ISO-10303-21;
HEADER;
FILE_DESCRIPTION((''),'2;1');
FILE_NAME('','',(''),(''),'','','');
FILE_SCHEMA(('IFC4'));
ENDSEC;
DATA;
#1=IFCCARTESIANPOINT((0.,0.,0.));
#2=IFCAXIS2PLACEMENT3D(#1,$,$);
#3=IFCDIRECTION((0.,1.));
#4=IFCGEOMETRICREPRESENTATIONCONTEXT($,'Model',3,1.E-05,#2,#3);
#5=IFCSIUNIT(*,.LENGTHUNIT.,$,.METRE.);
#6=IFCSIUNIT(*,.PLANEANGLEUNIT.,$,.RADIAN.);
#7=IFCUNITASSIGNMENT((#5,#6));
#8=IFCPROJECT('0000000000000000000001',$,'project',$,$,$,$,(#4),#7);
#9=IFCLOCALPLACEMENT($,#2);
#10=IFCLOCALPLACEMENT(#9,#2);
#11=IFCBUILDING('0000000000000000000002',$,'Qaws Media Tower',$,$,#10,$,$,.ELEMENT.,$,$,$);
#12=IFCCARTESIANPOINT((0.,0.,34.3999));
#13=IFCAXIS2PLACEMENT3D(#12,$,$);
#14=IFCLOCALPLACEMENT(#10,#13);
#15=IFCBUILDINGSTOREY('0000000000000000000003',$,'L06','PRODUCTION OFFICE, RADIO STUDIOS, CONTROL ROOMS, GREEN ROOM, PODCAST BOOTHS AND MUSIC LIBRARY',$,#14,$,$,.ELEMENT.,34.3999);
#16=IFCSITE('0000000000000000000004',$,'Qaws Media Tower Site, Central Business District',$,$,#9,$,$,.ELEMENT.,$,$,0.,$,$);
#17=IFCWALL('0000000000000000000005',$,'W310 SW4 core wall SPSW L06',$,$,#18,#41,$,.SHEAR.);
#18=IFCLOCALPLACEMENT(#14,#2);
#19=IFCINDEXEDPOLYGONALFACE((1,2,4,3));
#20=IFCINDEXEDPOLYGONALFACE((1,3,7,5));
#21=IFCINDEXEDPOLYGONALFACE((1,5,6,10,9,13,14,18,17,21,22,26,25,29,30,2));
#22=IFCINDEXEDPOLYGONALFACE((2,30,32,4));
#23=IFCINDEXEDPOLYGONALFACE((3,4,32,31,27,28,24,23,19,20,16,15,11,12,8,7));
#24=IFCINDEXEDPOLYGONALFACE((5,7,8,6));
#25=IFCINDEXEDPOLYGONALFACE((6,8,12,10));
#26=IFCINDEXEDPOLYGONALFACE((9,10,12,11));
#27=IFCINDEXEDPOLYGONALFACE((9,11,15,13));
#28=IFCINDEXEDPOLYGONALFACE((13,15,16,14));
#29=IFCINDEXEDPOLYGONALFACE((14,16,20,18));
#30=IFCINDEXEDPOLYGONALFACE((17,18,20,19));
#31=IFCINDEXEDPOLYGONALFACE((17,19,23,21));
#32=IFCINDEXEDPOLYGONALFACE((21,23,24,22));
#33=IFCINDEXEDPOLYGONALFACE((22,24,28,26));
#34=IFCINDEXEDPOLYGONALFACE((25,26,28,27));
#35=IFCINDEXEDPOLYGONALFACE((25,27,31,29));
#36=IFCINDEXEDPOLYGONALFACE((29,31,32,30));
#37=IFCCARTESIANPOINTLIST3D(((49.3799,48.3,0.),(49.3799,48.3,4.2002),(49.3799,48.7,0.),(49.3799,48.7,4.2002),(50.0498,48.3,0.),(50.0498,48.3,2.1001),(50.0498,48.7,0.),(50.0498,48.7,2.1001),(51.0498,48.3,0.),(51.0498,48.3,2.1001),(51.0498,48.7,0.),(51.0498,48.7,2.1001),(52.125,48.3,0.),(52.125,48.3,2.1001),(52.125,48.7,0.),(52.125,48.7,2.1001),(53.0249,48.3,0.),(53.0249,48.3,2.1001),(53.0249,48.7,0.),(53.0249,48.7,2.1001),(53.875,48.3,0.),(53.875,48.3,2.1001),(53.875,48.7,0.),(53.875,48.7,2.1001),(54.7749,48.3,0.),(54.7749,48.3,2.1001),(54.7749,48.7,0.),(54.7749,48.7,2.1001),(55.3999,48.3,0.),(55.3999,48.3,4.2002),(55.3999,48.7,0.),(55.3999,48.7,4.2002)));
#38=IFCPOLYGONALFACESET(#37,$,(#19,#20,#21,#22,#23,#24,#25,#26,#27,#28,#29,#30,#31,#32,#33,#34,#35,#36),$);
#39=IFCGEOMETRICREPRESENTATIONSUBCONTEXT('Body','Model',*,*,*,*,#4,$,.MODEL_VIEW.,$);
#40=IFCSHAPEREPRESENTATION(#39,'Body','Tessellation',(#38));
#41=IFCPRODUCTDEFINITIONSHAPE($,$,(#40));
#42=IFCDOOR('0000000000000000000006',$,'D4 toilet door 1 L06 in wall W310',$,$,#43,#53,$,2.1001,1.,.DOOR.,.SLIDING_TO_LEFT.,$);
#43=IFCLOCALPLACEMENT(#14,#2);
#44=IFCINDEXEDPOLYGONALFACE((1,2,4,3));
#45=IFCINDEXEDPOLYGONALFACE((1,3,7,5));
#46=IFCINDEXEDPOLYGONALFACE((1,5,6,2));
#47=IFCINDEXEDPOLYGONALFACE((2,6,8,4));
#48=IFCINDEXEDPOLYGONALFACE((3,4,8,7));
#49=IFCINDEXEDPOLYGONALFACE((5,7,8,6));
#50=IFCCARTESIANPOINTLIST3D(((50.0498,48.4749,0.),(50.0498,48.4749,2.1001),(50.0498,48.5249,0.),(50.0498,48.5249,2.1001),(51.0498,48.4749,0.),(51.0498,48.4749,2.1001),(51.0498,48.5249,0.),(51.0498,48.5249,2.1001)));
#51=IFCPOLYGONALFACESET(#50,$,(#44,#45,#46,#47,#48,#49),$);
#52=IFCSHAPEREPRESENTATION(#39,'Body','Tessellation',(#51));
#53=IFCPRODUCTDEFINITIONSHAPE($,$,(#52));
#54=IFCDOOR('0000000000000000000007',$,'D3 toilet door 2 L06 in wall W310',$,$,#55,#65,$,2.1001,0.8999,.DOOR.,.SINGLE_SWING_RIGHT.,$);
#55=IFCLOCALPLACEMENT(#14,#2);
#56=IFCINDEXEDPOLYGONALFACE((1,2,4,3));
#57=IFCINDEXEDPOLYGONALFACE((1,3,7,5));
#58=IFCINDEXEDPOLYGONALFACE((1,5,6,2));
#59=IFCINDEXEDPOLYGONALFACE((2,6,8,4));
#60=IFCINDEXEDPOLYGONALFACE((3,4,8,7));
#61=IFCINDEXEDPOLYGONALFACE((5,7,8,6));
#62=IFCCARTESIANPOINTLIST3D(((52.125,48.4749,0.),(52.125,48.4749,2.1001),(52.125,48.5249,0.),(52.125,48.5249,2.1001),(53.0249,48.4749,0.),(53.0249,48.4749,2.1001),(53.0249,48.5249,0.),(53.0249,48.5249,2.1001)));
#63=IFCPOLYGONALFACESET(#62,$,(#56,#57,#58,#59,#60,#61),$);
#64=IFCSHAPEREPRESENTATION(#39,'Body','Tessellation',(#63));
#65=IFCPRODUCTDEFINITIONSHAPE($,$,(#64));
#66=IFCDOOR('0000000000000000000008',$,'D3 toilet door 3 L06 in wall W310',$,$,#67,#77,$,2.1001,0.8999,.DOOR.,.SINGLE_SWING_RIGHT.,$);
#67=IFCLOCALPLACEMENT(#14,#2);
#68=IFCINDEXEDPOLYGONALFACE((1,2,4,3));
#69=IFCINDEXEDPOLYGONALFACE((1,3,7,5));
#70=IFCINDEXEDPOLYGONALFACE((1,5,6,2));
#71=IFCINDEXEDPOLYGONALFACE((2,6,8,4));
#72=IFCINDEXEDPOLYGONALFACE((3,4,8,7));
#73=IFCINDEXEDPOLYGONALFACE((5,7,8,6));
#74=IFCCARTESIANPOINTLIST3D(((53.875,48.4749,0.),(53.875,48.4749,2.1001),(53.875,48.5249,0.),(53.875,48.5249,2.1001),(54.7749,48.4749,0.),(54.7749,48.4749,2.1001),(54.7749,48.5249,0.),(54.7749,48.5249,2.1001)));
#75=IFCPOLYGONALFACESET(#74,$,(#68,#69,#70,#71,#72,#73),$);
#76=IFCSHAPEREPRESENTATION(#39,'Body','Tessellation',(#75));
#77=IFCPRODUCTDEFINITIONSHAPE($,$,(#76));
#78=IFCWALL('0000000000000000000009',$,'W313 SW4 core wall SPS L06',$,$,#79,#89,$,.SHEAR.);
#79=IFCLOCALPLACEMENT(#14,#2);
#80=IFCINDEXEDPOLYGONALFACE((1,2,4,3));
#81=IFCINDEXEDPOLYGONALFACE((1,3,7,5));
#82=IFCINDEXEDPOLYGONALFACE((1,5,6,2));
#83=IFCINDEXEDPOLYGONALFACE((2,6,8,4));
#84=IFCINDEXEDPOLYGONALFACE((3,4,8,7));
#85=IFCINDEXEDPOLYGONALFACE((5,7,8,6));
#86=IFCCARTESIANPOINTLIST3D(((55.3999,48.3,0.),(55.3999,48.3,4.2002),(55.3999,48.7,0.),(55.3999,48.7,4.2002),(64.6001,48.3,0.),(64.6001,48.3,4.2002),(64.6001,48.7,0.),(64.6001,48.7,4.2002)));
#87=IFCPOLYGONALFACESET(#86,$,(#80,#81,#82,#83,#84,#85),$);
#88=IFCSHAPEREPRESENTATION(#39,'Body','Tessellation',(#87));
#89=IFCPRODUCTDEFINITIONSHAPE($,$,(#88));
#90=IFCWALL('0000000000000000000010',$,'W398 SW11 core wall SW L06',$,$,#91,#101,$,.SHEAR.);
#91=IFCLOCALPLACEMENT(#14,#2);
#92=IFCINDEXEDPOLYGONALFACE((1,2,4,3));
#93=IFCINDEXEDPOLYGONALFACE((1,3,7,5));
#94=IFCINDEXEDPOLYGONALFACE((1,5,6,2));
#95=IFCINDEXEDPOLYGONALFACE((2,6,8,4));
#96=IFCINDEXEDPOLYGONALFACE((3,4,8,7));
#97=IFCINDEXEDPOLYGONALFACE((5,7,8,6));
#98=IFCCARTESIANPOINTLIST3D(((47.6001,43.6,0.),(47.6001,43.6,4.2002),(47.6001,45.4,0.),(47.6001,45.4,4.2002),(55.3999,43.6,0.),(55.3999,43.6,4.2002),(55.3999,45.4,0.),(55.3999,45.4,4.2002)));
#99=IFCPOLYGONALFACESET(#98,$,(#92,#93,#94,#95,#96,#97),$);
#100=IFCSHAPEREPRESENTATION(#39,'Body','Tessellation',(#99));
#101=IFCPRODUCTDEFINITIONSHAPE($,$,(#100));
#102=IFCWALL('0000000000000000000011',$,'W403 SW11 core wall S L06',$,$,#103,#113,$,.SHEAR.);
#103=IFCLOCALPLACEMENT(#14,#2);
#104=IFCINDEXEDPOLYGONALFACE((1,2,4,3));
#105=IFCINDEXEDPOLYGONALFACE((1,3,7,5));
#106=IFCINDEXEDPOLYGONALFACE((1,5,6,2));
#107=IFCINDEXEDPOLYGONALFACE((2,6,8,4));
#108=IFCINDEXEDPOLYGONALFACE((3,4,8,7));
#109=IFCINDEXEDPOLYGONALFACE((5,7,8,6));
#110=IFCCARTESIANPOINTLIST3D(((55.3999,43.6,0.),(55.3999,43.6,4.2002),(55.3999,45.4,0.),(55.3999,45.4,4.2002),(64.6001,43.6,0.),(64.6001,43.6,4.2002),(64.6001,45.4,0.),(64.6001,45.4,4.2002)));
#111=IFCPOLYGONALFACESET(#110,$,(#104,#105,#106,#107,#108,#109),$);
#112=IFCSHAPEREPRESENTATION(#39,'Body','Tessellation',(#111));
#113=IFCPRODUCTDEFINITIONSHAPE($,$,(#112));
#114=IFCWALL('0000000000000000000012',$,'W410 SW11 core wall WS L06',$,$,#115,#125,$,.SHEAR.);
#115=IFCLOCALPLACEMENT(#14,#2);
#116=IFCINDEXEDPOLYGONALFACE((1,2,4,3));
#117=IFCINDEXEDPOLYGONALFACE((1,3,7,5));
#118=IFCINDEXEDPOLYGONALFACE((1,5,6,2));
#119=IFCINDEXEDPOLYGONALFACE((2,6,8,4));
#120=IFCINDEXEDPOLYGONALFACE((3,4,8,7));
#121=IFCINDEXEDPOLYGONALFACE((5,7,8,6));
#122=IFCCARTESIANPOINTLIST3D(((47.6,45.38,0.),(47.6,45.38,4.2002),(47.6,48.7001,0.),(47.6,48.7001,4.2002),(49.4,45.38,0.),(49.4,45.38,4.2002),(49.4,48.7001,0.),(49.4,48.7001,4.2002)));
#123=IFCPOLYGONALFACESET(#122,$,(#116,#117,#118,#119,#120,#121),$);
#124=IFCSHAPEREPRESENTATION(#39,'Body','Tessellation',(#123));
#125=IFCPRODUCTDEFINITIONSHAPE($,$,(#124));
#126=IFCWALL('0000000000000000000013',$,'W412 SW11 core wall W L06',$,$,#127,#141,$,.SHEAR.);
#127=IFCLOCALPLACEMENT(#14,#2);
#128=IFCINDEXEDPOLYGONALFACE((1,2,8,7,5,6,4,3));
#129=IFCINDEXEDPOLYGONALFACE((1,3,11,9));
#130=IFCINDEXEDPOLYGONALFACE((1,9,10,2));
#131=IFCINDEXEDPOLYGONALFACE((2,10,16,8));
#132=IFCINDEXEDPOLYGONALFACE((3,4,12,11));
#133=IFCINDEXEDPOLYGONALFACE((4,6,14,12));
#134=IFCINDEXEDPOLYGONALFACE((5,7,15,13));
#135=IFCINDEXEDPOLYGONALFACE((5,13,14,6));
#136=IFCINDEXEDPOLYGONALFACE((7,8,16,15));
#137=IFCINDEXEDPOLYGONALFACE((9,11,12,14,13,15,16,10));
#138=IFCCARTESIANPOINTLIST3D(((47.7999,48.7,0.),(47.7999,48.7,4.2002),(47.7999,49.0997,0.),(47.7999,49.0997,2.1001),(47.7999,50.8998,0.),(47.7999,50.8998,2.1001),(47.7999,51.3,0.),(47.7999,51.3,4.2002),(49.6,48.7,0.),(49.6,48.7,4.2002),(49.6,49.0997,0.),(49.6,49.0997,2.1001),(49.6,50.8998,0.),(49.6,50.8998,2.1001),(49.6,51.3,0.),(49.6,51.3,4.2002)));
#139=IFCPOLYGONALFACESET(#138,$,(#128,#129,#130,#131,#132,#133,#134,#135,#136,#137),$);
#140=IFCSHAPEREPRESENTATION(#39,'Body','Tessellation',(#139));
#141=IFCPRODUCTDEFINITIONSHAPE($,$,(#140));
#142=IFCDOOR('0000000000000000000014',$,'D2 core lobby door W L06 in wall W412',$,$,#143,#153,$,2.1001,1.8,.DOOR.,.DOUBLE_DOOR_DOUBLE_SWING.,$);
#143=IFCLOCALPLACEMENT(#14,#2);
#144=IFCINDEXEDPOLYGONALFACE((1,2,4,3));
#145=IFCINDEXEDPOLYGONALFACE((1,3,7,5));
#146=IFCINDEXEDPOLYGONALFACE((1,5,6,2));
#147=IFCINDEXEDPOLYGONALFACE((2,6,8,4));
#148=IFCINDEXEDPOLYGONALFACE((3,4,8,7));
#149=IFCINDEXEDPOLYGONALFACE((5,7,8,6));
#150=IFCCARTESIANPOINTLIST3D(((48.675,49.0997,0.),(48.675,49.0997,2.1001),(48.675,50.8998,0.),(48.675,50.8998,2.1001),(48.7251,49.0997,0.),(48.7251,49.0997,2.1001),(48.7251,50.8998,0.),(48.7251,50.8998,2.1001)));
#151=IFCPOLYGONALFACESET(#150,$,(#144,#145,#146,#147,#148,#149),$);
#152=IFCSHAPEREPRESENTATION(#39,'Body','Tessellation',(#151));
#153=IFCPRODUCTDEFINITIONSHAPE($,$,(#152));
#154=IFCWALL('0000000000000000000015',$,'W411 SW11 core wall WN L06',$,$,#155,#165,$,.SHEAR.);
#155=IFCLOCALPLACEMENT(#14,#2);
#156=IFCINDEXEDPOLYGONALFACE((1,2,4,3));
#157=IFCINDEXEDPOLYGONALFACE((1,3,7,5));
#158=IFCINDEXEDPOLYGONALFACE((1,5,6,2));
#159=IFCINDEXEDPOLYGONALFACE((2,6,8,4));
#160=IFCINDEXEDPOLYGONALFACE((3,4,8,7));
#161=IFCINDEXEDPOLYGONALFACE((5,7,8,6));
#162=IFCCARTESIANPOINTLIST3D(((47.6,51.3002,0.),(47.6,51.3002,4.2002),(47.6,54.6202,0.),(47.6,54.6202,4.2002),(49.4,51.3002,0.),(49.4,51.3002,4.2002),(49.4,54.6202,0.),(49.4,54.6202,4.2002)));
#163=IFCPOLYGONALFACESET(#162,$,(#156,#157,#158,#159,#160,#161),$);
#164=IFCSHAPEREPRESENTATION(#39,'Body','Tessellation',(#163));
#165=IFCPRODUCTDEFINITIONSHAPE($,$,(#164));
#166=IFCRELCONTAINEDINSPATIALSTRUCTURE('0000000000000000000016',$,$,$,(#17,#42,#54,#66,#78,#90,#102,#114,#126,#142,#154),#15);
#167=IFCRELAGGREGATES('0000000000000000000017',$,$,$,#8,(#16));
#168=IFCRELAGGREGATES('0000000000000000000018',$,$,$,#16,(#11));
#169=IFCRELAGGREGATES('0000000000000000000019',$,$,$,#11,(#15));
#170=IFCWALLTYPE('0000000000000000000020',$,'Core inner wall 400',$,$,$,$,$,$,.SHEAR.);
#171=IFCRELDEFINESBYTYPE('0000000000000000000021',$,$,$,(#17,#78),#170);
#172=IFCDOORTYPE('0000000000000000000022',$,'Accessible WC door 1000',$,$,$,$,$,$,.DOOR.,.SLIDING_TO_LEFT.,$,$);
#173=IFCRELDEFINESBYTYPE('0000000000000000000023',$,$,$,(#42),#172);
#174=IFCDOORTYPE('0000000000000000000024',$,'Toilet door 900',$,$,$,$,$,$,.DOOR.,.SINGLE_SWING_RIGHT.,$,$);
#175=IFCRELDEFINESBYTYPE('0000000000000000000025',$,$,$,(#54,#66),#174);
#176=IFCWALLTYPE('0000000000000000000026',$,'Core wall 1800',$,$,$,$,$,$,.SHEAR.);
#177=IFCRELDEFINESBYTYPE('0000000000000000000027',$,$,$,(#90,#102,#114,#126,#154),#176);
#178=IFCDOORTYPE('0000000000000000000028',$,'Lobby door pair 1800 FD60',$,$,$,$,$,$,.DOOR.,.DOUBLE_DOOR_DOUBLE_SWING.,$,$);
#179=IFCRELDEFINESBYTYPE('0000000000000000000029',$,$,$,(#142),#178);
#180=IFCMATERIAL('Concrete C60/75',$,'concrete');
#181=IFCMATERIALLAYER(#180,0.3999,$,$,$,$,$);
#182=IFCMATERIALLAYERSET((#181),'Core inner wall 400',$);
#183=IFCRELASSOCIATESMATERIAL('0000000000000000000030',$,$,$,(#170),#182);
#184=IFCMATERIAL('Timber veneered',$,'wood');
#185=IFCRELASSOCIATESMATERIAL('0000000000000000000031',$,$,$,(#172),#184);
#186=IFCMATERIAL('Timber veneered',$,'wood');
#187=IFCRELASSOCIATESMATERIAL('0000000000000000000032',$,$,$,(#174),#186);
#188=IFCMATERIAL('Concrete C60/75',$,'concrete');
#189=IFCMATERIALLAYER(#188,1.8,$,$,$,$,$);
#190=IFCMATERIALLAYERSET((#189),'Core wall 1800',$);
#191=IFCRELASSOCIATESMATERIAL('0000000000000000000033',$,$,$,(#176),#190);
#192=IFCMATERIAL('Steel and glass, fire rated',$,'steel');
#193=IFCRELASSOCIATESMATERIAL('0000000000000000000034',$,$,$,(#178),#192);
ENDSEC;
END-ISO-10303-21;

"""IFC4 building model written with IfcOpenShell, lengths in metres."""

from ifc_helpers import new_model, si_unit, direction, frame, frame_2d, origin, place, context, subcontext, project, spatial, rectangle, extrude, material, layer, layer_set, type_object, element, fill, save


model = new_model("IFC4")

# Units and contexts
model_context = context("Model", 3, precision=1e-05, world=origin(), true_north=direction((0.0, 1.0)))
body_context = subcontext(model_context, "Body", "Model", "MODEL_VIEW")
ifc_project = project(units=[si_unit("LENGTHUNIT", "METRE"), si_unit("PLANEANGLEUNIT", "RADIAN")], contexts=[model_context])

# Site, building, storey
site_placement = place(None, origin())
site = spatial("IfcSite", under=ifc_project, at=site_placement, Name="Qaws Media Tower Site, Central Business District", CompositionType="ELEMENT", RefElevation=0.0)
building_placement = place(site_placement, origin())
building = spatial("IfcBuilding", under=site, at=building_placement, Name="Qaws Media Tower", CompositionType="ELEMENT")
storey_placement = place(building_placement, frame((0.0, 0.0, 34.3999)))
storey = spatial("IfcBuildingStorey", under=building, at=storey_placement, Name="L06", Description="PRODUCTION OFFICE, RADIO STUDIOS, CONTROL ROOMS, GREEN ROOM, PODCAST BOOTHS AND MUSIC LIBRARY", CompositionType="ELEMENT", Elevation=34.3999)

# Shared definitions
ifc_material_1 = material(Name="Concrete C60/75", Category="concrete")
ifc_layer_1 = layer(ifc_material_1, 0.3999)
ifc_layer_set_1 = layer_set([ifc_layer_1], Name="Core inner wall 400")
wall_type_1 = type_object("IfcWallType", Name="Core inner wall 400", PredefinedType="SHEAR", material=ifc_layer_set_1)

# Wall, openings, doors
wall_1_placement = place(storey_placement, frame((49.3799, 48.5, 0.0), z_axis=(0.0, 0.0, 1.0), x_axis=(1.0, 0.0, 0.0)))
wall_1 = element("IfcWall", 1, at=wall_1_placement, inside=storey, type_object=wall_type_1, Name="W310 SW4 core wall SPSW L06", PredefinedType="SHEAR", context=body_context, shape_type="SweptSolid", body=[
    extrude(rectangle(XDim=6.02, YDim=0.3999, at=frame_2d((3.01, 0.0))), origin(), (0.0, 0.0, 1.0), 4.2002),
])
opening_1_placement = place(wall_1_placement, frame((0.6699, 0.0, 0.0)))
opening_1 = element("IfcOpeningElement", 2, at=opening_1_placement, cuts=wall_1, PredefinedType="OPENING", context=body_context, shape_type="SweptSolid", body=[
    extrude(rectangle(XDim=1.0, YDim=2.1001, at=frame_2d((0.5, 1.05))), frame((0.0, 0.21, 0.0), z_axis=(0.0, -1.0, 0.0), x_axis=(1.0, 0.0, 0.0)), (0.0, 0.0, 1.0), 0.4199),
])
opening_2_placement = place(wall_1_placement, frame((2.7451, 0.0, 0.0)))
opening_2 = element("IfcOpeningElement", 3, at=opening_2_placement, cuts=wall_1, PredefinedType="OPENING", context=body_context, shape_type="SweptSolid", body=[
    extrude(rectangle(XDim=0.8999, YDim=2.1001, at=frame_2d((0.45, 1.05))), frame((0.0, 0.21, 0.0), z_axis=(0.0, -1.0, 0.0), x_axis=(1.0, 0.0, 0.0)), (0.0, 0.0, 1.0), 0.4199),
])
opening_3_placement = place(wall_1_placement, frame((4.4951, 0.0, 0.0)))
opening_3 = element("IfcOpeningElement", 4, at=opening_3_placement, cuts=wall_1, PredefinedType="OPENING", context=body_context, shape_type="SweptSolid", body=[
    extrude(rectangle(XDim=0.8999, YDim=2.1001, at=frame_2d((0.45, 1.05))), frame((0.0, 0.21, 0.0), z_axis=(0.0, -1.0, 0.0), x_axis=(1.0, 0.0, 0.0)), (0.0, 0.0, 1.0), 0.4199),
])
ifc_material_2 = material(Name="Timber veneered", Category="wood")
door_type_1 = type_object("IfcDoorType", Name="Accessible WC door 1000", OperationType="SLIDING_TO_LEFT", PredefinedType="DOOR", material=ifc_material_2)
door_1_placement = place(opening_1_placement, origin())
door_1 = element("IfcDoor", 5, at=door_1_placement, inside=storey, type_object=door_type_1, Name="D4 toilet door 1 L06 in wall W310", OperationType="SLIDING_TO_LEFT", OverallHeight=2.1001, OverallWidth=1.0, PredefinedType="DOOR", context=body_context, shape_type="SweptSolid", body=[
    extrude(rectangle(XDim=1.0, YDim=2.1001, at=frame_2d((0.5, 1.05))), frame((0.0, 0.0249, 0.0), z_axis=(0.0, -1.0, 0.0), x_axis=(1.0, 0.0, 0.0)), (0.0, 0.0, 1.0), 0.05),
])
fill(opening_1, door_1)
ifc_material_3 = material(Name="Timber veneered", Category="wood")
door_type_2 = type_object("IfcDoorType", Name="Toilet door 900", OperationType="SINGLE_SWING_RIGHT", PredefinedType="DOOR", material=ifc_material_3)
door_2_placement = place(opening_2_placement, origin())
door_2 = element("IfcDoor", 6, at=door_2_placement, inside=storey, type_object=door_type_2, Name="D3 toilet door 2 L06 in wall W310", OperationType="SINGLE_SWING_RIGHT", OverallHeight=2.1001, OverallWidth=0.8999, PredefinedType="DOOR", context=body_context, shape_type="SweptSolid", body=[
    extrude(rectangle(XDim=0.8999, YDim=2.1001, at=frame_2d((0.45, 1.05))), frame((0.0, 0.0249, 0.0), z_axis=(0.0, -1.0, 0.0), x_axis=(1.0, 0.0, 0.0)), (0.0, 0.0, 1.0), 0.05),
])
fill(opening_2, door_2)
door_3_placement = place(opening_3_placement, origin())
door_3 = element("IfcDoor", 7, at=door_3_placement, inside=storey, type_object=door_type_2, Name="D3 toilet door 3 L06 in wall W310", OperationType="SINGLE_SWING_RIGHT", OverallHeight=2.1001, OverallWidth=0.8999, PredefinedType="DOOR", context=body_context, shape_type="SweptSolid", body=[
    extrude(rectangle(XDim=0.8999, YDim=2.1001, at=frame_2d((0.45, 1.05))), frame((0.0, 0.0249, 0.0), z_axis=(0.0, -1.0, 0.0), x_axis=(1.0, 0.0, 0.0)), (0.0, 0.0, 1.0), 0.05),
])
fill(opening_3, door_3)

# Walls
wall_2_placement = place(storey_placement, frame((55.3999, 48.5, 0.0), z_axis=(0.0, 0.0, 1.0), x_axis=(1.0, 0.0, 0.0)))
element("IfcWall", 8, at=wall_2_placement, inside=storey, type_object=wall_type_1, Name="W313 SW4 core wall SPS L06", PredefinedType="SHEAR", context=body_context, shape_type="SweptSolid", body=[
    extrude(rectangle(XDim=9.2002, YDim=0.3999, at=frame_2d((4.6001, 0.0))), origin(), (0.0, 0.0, 1.0), 4.2002),
])
ifc_material_4 = material(Name="Concrete C60/75", Category="concrete")
ifc_layer_2 = layer(ifc_material_4, 1.8)
ifc_layer_set_2 = layer_set([ifc_layer_2], Name="Core wall 1800")
wall_type_2 = type_object("IfcWallType", Name="Core wall 1800", PredefinedType="SHEAR", material=ifc_layer_set_2)
wall_3_placement = place(storey_placement, frame((47.6001, 44.5, 0.0), z_axis=(0.0, 0.0, 1.0), x_axis=(1.0, 0.0, 0.0)))
element("IfcWall", 9, at=wall_3_placement, inside=storey, type_object=wall_type_2, Name="W398 SW11 core wall SW L06", PredefinedType="SHEAR", context=body_context, shape_type="SweptSolid", body=[
    extrude(rectangle(XDim=7.7998, YDim=1.8, at=frame_2d((3.8999, 0.0))), origin(), (0.0, 0.0, 1.0), 4.2002),
])
wall_4_placement = place(storey_placement, frame((55.3999, 44.5, 0.0), z_axis=(0.0, 0.0, 1.0), x_axis=(1.0, 0.0, 0.0)))
element("IfcWall", 10, at=wall_4_placement, inside=storey, type_object=wall_type_2, Name="W403 SW11 core wall S L06", PredefinedType="SHEAR", context=body_context, shape_type="SweptSolid", body=[
    extrude(rectangle(XDim=9.2002, YDim=1.8, at=frame_2d((4.6001, 0.0))), origin(), (0.0, 0.0, 1.0), 4.2002),
])
wall_5_placement = place(storey_placement, frame((48.5, 45.3799, 0.0), z_axis=(0.0, 0.0, 1.0), x_axis=(0.0, 1.0, 0.0)))
element("IfcWall", 11, at=wall_5_placement, inside=storey, type_object=wall_type_2, Name="W410 SW11 core wall WS L06", PredefinedType="SHEAR", context=body_context, shape_type="SweptSolid", body=[
    extrude(rectangle(XDim=3.3201, YDim=1.8, at=frame_2d((1.6602, 0.0))), origin(), (0.0, 0.0, 1.0), 4.2002),
])

# Wall, opening, door
wall_6_placement = place(storey_placement, frame((48.7, 48.7, 0.0), z_axis=(0.0, 0.0, 1.0), x_axis=(0.0, 1.0, 0.0)))
wall_6 = element("IfcWall", 12, at=wall_6_placement, inside=storey, type_object=wall_type_2, Name="W412 SW11 core wall W L06", PredefinedType="SHEAR", context=body_context, shape_type="SweptSolid", body=[
    extrude(rectangle(XDim=2.6001, YDim=1.8, at=frame_2d((1.3, 0.0))), origin(), (0.0, 0.0, 1.0), 4.2002),
])
opening_4_placement = place(wall_6_placement, frame((0.3999, 0.0, 0.0)))
opening_4 = element("IfcOpeningElement", 13, at=opening_4_placement, cuts=wall_6, PredefinedType="OPENING", context=body_context, shape_type="SweptSolid", body=[
    extrude(rectangle(XDim=1.8, YDim=2.1001, at=frame_2d((0.8999, 1.05))), frame((0.0, 0.9099, 0.0), z_axis=(0.0, -1.0, 0.0), x_axis=(1.0, 0.0, 0.0)), (0.0, 0.0, 1.0), 1.8201),
])
ifc_material_5 = material(Name="Steel and glass, fire rated", Category="steel")
door_type_3 = type_object("IfcDoorType", Name="Lobby door pair 1800 FD60", OperationType="DOUBLE_DOOR_DOUBLE_SWING", PredefinedType="DOOR", material=ifc_material_5)
door_4_placement = place(opening_4_placement, origin())
door_4 = element("IfcDoor", 14, at=door_4_placement, inside=storey, type_object=door_type_3, Name="D2 core lobby door W L06 in wall W412", OperationType="DOUBLE_DOOR_DOUBLE_SWING", OverallHeight=2.1001, OverallWidth=1.8, PredefinedType="DOOR", context=body_context, shape_type="SweptSolid", body=[
    extrude(rectangle(XDim=1.8, YDim=2.1001, at=frame_2d((0.8999, 1.05))), frame((0.0, 0.0249, 0.0), z_axis=(0.0, -1.0, 0.0), x_axis=(1.0, 0.0, 0.0)), (0.0, 0.0, 1.0), 0.05),
])
fill(opening_4, door_4)

# Wall
wall_7_placement = place(storey_placement, frame((48.5, 51.3, 0.0), z_axis=(0.0, 0.0, 1.0), x_axis=(0.0, 1.0, 0.0)))
element("IfcWall", 15, at=wall_7_placement, inside=storey, type_object=wall_type_2, Name="W411 SW11 core wall WN L06", PredefinedType="SHEAR", context=body_context, shape_type="SweptSolid", body=[
    extrude(rectangle(XDim=3.3201, YDim=1.8, at=frame_2d((1.6602, 0.0))), origin(), (0.0, 0.0, 1.0), 4.2002),
])

save(model, "model.ifc")
